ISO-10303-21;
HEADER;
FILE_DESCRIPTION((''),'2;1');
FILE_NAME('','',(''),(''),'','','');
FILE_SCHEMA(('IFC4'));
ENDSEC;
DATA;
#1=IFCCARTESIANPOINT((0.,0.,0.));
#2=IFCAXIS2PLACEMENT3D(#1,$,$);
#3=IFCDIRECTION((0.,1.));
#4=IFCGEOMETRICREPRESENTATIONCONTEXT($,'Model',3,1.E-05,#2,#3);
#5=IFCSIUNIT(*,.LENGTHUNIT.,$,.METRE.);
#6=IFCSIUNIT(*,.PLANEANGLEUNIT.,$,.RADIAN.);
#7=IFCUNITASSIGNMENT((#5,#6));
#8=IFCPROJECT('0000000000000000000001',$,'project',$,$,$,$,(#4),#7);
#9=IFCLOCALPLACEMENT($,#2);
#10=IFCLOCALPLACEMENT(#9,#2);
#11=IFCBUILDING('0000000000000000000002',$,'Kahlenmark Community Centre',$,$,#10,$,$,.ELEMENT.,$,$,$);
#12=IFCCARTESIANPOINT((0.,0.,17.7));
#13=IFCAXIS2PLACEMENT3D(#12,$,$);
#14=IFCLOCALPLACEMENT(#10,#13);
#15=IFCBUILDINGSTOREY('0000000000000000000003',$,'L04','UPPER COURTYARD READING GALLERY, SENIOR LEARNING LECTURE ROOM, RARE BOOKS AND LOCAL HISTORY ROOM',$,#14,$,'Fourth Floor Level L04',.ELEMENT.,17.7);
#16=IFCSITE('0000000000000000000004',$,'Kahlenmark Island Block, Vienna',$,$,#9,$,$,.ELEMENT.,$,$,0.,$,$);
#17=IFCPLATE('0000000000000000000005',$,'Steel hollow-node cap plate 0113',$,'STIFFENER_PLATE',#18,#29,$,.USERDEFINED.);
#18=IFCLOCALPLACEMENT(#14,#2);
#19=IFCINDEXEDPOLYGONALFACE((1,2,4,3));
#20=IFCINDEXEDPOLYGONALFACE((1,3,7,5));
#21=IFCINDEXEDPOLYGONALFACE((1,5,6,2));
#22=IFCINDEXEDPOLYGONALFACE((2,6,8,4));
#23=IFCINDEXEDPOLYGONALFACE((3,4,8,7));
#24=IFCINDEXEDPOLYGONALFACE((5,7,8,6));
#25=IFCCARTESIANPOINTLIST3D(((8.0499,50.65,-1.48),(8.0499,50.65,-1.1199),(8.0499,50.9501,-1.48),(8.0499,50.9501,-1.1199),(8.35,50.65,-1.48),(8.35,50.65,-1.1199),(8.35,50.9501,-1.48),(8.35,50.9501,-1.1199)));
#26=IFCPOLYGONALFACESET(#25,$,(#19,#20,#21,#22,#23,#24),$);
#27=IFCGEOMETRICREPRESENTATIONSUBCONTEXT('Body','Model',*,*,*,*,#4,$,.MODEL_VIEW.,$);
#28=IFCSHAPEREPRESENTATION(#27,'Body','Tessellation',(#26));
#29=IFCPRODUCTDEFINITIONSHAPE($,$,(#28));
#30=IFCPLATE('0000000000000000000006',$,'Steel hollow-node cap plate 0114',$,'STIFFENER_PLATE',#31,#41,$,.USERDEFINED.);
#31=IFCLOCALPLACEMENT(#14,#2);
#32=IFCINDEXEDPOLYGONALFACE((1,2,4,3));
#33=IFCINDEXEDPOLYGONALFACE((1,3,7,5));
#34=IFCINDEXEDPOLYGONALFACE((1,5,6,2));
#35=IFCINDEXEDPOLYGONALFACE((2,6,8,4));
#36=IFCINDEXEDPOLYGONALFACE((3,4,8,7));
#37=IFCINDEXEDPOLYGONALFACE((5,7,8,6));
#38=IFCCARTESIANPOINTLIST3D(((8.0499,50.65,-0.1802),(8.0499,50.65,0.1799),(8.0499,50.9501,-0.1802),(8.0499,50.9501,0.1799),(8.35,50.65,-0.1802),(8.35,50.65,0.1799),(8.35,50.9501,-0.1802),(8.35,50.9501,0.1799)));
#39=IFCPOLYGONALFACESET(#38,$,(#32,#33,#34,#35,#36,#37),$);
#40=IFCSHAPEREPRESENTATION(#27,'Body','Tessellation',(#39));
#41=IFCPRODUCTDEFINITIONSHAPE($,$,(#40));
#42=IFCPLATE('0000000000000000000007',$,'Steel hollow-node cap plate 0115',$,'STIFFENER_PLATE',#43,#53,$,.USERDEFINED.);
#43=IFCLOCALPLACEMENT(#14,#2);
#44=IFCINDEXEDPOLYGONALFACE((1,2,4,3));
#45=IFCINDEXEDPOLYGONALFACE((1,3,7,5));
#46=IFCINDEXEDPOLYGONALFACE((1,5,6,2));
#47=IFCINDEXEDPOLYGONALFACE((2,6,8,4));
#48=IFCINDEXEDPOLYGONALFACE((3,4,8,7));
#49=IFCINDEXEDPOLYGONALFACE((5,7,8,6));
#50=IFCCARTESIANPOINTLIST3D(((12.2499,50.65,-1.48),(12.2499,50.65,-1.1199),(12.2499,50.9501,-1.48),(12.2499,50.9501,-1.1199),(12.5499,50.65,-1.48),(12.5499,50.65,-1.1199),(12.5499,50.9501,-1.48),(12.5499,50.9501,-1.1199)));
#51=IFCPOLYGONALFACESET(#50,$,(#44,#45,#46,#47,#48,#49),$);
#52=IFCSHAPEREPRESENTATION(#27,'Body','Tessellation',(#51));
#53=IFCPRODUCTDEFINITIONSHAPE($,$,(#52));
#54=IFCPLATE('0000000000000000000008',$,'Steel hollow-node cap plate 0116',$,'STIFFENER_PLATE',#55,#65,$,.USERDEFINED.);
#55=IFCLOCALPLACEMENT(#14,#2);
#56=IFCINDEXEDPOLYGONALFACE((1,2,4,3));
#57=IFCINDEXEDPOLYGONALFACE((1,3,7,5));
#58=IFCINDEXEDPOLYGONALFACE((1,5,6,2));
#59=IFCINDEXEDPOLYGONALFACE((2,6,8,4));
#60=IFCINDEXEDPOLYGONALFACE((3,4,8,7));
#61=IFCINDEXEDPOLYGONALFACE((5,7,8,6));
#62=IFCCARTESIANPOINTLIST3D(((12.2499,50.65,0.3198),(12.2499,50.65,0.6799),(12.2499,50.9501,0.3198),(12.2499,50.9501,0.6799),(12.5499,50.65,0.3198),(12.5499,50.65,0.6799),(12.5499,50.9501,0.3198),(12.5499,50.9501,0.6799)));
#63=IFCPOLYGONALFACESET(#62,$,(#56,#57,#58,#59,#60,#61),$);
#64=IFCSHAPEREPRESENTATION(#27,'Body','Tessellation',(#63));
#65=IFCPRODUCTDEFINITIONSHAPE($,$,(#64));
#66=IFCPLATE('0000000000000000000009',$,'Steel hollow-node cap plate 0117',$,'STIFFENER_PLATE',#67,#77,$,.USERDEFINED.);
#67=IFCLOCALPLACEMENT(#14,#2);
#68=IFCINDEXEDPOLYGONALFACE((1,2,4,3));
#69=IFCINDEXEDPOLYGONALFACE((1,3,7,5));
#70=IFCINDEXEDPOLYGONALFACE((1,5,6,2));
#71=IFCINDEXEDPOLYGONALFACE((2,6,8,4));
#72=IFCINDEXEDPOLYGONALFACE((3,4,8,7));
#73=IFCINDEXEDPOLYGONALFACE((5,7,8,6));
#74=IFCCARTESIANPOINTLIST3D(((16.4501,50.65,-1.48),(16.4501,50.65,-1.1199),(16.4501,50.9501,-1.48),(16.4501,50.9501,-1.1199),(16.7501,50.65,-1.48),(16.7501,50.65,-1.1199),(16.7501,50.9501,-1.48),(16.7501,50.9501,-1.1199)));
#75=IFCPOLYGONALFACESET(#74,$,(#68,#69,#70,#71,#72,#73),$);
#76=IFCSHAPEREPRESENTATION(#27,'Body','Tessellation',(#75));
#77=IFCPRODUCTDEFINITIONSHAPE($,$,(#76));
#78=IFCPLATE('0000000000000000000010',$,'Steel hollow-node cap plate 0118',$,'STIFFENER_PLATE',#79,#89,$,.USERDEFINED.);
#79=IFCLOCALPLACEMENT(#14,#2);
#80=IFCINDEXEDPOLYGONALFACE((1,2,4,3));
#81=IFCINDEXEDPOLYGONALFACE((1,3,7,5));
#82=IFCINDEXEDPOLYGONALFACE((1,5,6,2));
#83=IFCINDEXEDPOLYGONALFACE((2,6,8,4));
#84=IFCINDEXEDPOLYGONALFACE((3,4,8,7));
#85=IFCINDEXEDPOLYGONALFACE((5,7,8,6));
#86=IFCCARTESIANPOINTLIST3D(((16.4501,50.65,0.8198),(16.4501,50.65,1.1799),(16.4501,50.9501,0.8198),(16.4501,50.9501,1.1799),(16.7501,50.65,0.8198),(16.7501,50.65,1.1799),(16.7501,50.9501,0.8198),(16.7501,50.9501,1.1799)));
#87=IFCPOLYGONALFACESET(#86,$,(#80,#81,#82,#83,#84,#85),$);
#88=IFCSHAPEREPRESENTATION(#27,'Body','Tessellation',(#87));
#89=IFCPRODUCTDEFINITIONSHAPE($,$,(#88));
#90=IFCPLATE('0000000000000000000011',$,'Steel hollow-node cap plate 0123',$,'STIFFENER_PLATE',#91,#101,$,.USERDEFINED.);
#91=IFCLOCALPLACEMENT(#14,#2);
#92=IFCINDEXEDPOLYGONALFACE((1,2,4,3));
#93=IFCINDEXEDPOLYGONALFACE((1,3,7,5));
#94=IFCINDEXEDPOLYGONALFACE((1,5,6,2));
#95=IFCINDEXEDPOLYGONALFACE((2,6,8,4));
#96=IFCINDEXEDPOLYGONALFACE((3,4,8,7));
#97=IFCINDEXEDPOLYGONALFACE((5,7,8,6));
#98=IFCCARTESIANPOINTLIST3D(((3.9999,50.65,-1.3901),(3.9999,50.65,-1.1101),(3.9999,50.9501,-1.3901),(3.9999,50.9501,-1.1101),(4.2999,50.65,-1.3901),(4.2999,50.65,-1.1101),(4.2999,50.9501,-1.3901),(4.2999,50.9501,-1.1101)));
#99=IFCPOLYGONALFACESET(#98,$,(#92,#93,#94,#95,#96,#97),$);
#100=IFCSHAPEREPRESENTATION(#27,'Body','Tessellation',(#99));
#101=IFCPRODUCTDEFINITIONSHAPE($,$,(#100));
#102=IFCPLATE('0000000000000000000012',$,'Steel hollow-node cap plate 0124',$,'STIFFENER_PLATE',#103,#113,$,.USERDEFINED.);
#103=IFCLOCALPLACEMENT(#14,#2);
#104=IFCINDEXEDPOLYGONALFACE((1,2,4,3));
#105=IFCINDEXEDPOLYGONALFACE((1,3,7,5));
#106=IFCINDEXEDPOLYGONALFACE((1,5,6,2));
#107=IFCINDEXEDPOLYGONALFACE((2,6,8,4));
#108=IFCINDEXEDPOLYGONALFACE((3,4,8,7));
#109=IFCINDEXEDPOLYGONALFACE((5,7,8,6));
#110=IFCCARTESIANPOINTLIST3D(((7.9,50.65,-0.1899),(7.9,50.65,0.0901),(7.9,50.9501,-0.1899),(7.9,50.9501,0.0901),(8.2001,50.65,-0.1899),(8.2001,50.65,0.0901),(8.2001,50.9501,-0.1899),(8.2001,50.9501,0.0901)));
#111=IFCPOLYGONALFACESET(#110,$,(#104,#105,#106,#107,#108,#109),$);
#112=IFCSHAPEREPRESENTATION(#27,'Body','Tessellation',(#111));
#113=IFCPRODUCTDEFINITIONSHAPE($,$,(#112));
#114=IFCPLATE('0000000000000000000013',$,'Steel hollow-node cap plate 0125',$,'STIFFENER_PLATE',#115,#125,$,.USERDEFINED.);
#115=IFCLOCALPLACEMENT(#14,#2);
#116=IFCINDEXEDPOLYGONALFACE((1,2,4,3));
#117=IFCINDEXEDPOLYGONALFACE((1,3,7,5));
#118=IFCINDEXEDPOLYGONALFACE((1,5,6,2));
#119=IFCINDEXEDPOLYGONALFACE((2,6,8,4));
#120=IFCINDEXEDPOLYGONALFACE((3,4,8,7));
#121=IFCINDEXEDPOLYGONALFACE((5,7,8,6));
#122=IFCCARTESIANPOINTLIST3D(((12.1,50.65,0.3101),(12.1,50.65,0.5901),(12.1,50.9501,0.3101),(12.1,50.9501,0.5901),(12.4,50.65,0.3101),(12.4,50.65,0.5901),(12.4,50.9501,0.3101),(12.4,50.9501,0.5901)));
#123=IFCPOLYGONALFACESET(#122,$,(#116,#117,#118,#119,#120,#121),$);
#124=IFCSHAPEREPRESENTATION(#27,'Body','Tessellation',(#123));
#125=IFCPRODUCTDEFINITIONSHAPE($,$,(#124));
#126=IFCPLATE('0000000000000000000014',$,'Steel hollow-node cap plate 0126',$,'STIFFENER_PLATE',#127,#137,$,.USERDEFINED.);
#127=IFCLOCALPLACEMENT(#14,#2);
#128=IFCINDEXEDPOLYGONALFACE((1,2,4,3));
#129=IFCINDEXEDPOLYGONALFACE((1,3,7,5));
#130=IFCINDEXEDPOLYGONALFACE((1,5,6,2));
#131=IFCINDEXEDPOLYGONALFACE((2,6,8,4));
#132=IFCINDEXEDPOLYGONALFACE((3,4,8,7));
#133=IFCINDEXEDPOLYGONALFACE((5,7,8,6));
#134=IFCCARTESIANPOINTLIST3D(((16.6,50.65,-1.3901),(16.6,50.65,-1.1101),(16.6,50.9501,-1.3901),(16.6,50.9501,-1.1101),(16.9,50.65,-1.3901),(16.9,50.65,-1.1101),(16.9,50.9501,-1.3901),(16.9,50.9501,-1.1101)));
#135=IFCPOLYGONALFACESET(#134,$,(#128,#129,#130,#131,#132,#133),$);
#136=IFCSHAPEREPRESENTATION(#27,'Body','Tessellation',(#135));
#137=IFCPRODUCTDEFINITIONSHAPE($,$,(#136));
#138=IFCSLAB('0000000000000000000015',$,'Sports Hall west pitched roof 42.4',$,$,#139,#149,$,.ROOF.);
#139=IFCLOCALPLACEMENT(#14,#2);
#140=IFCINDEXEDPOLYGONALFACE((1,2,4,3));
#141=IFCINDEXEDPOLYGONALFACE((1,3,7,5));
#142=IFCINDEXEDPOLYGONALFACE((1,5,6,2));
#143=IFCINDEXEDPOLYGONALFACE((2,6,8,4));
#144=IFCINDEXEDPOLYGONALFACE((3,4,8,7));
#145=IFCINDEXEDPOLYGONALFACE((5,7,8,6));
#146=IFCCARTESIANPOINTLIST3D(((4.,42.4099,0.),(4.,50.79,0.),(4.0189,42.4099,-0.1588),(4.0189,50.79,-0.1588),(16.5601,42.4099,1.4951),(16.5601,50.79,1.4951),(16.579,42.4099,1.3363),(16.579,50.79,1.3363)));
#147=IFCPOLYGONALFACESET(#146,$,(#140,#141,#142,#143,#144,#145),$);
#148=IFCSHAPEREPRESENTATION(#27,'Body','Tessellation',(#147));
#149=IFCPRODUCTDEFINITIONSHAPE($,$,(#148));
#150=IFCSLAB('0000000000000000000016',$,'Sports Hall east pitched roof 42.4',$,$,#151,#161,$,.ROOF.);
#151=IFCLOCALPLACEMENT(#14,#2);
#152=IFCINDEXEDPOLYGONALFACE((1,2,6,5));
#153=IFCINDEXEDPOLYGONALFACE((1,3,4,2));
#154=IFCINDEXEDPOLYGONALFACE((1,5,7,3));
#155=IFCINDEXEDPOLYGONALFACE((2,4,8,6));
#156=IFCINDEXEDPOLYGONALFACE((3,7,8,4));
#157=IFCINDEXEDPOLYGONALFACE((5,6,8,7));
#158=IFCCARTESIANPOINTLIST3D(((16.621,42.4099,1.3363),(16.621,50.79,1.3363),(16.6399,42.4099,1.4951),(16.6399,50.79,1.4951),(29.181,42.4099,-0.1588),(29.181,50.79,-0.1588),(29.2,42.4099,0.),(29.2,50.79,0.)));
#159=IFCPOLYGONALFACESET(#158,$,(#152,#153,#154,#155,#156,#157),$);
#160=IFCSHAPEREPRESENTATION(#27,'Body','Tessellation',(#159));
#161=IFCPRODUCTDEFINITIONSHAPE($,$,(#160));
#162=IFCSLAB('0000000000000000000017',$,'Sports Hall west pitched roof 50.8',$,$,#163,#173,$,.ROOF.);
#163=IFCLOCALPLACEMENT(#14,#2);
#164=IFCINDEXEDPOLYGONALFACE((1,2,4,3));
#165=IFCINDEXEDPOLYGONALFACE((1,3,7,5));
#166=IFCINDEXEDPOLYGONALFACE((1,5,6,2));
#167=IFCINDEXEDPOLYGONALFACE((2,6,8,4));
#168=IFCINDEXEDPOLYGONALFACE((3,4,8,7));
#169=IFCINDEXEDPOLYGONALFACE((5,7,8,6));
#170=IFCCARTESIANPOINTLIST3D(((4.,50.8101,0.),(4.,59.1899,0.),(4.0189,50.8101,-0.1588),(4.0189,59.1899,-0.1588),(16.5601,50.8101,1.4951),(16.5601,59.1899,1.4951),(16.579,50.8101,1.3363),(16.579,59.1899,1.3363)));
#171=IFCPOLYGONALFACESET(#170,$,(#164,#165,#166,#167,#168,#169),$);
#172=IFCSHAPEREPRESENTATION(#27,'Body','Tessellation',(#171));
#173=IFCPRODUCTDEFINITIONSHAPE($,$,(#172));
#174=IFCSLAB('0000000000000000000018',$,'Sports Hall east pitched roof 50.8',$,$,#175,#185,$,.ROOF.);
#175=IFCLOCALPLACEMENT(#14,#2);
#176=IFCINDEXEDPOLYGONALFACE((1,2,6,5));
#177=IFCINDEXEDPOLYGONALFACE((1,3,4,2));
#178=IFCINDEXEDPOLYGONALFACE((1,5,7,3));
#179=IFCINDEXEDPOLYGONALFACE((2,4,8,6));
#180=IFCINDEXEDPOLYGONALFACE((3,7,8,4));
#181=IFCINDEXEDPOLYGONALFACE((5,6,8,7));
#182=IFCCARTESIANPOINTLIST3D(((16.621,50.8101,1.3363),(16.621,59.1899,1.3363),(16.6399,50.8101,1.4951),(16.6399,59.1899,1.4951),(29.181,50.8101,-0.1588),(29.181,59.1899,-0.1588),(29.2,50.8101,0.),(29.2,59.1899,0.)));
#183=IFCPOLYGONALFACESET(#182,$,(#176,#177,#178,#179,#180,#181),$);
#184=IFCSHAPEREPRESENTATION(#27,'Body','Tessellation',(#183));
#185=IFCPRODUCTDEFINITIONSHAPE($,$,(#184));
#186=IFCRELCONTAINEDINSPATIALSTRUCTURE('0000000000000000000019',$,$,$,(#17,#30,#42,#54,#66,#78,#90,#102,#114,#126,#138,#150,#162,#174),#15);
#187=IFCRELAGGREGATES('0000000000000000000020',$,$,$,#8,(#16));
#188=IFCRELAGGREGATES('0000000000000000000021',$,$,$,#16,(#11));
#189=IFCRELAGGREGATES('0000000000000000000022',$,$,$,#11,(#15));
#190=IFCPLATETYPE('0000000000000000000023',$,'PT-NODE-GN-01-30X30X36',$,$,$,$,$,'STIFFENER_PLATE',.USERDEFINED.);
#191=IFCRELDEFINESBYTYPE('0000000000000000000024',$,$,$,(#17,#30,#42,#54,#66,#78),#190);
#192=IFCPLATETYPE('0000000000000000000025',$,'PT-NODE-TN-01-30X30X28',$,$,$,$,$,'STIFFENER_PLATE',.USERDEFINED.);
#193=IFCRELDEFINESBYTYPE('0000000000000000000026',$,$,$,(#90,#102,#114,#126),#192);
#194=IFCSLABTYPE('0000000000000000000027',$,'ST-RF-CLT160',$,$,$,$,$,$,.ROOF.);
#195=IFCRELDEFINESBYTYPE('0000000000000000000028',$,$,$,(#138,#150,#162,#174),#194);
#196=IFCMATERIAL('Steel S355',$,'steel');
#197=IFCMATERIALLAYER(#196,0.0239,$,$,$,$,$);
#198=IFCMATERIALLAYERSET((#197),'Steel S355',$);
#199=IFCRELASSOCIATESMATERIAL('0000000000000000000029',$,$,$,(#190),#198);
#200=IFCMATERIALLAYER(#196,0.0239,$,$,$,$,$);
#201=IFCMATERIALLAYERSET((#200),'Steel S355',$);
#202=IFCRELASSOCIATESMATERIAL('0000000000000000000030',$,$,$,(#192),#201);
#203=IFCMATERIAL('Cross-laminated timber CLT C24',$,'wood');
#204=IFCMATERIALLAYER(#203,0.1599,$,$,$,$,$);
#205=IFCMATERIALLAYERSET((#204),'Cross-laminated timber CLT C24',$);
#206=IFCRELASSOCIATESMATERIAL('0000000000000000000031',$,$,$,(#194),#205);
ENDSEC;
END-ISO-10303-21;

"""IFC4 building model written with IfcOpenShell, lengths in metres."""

from ifc_helpers import new_model, si_unit, direction, frame, origin, origin_2d, place, context, subcontext, project, spatial, polyline, rectangle, outline, extrude, material, layer, layer_set, type_object, element, save


model = new_model("IFC4")

# Units and contexts
model_context = context("Model", 3, precision=1e-05, world=origin(), true_north=direction((0.0, 1.0)))
body_context = subcontext(model_context, "Body", "Model", "MODEL_VIEW")
ifc_project = project(units=[si_unit("LENGTHUNIT", "METRE"), si_unit("PLANEANGLEUNIT", "RADIAN")], contexts=[model_context])

# Site, building, storey
site_placement = place(None, origin())
site = spatial("IfcSite", under=ifc_project, at=site_placement, Name="Kahlenmark Island Block, Vienna", CompositionType="ELEMENT", RefElevation=0.0)
building_placement = place(site_placement, origin())
building = spatial("IfcBuilding", under=site, at=building_placement, Name="Kahlenmark Community Centre", CompositionType="ELEMENT")
storey_placement = place(building_placement, frame((0.0, 0.0, 17.7)))
storey = spatial("IfcBuildingStorey", under=building, at=storey_placement, Name="L04", Description="UPPER COURTYARD READING GALLERY, SENIOR LEARNING LECTURE ROOM, RARE BOOKS AND LOCAL HISTORY ROOM", LongName="Fourth Floor Level L04", CompositionType="ELEMENT", Elevation=17.7)

# Shared definitions
ifc_material_1 = material(Name="Steel S355", Category="steel")

# Plates
ifc_layer_1 = layer(ifc_material_1, 0.0239)
ifc_layer_set_1 = layer_set([ifc_layer_1], Name="Steel S355")
plate_type_1 = type_object("IfcPlateType", Name="PT-NODE-GN-01-30X30X36", ElementType="STIFFENER_PLATE", PredefinedType="USERDEFINED", material=ifc_layer_set_1)
for number, where, z_axis, x_axis, name in (
    (1, (8.2, 50.8, -1.48), (0.0, 0.0, 1.0), (1.0, 0.0, 0.0), "Steel hollow-node cap plate 0113"),
    (2, (8.2, 50.8, -0.1802), (0.0, 0.0, 1.0), (1.0, 0.0, 0.0), "Steel hollow-node cap plate 0114"),
    (3, (12.3999, 50.8, -1.48), (0.0, 0.0, 1.0), (1.0, 0.0, 0.0), "Steel hollow-node cap plate 0115"),
    (4, (12.3999, 50.8, 0.3198), (0.0, 0.0, 1.0), (1.0, 0.0, 0.0), "Steel hollow-node cap plate 0116"),
    (5, (16.6001, 50.8, -1.48), (0.0, 0.0, 1.0), (1.0, 0.0, 0.0), "Steel hollow-node cap plate 0117"),
    (6, (16.6001, 50.8, 0.8198), (0.0, 0.0, 1.0), (1.0, 0.0, 0.0), "Steel hollow-node cap plate 0118"),
):
    element("IfcPlate", number, at=place(storey_placement, frame(where, z_axis=z_axis, x_axis=x_axis)), inside=storey, type_object=plate_type_1, Name=name, ObjectType="STIFFENER_PLATE", PredefinedType="USERDEFINED", context=body_context, shape_type="SweptSolid", body=[
        extrude(rectangle(XDim=0.3, YDim=0.3, at=origin_2d()), origin(), (0.0, 0.0, 1.0), 0.3601),
    ])
ifc_layer_2 = layer(ifc_material_1, 0.0239)
ifc_layer_set_2 = layer_set([ifc_layer_2], Name="Steel S355")
plate_type_2 = type_object("IfcPlateType", Name="PT-NODE-TN-01-30X30X28", ElementType="STIFFENER_PLATE", PredefinedType="USERDEFINED", material=ifc_layer_set_2)
for number, where, z_axis, x_axis, name in (
    (7, (4.1499, 50.8, -1.3901), (0.0, 0.0, 1.0), (1.0, 0.0, 0.0), "Steel hollow-node cap plate 0123"),
    (8, (8.05, 50.8, -0.1899), (0.0, 0.0, 1.0), (1.0, 0.0, 0.0), "Steel hollow-node cap plate 0124"),
    (9, (12.25, 50.8, 0.3101), (0.0, 0.0, 1.0), (1.0, 0.0, 0.0), "Steel hollow-node cap plate 0125"),
    (10, (16.75, 50.8, -1.3901), (0.0, 0.0, 1.0), (1.0, 0.0, 0.0), "Steel hollow-node cap plate 0126"),
):
    element("IfcPlate", number, at=place(storey_placement, frame(where, z_axis=z_axis, x_axis=x_axis)), inside=storey, type_object=plate_type_2, Name=name, ObjectType="STIFFENER_PLATE", PredefinedType="USERDEFINED", context=body_context, shape_type="SweptSolid", body=[
        extrude(rectangle(XDim=0.3, YDim=0.3, at=origin_2d()), origin(), (0.0, 0.0, 1.0), 0.28),
    ])

# Slabs
ifc_material_2 = material(Name="Cross-laminated timber CLT C24", Category="wood")
ifc_layer_3 = layer(ifc_material_2, 0.1599)
ifc_layer_set_3 = layer_set([ifc_layer_3], Name="Cross-laminated timber CLT C24")
slab_type = type_object("IfcSlabType", Name="ST-RF-CLT160", PredefinedType="ROOF", material=ifc_layer_set_3)
for number, where, z_axis, x_axis, name in (
    (11, (4.0, 42.4099, 0.0), (-0.118203, 0.0, 0.992989), (0.992989, 0.0, 0.118203), "Sports Hall west pitched roof 42.4"),
    (12, (16.6399, 42.4099, 1.4951), (0.118203, 0.0, 0.992989), (0.992989, 0.0, -0.118203), "Sports Hall east pitched roof 42.4"),
):
    element("IfcSlab", number, at=place(storey_placement, frame(where, z_axis=z_axis, x_axis=x_axis)), inside=storey, type_object=slab_type, Name=name, PredefinedType="ROOF", context=body_context, shape_type="SweptSolid", body=[
        extrude(outline(polyline([(0.0, 0.0), (12.6487, 0.0), (12.6487, 8.3801), (0.0, 8.3801), (0.0, 0.0)])), origin(), (0.0, 0.0, -1.0), 0.1599),
    ])
for number, where, z_axis, x_axis, name in (
    (13, (4.0, 50.8101, 0.0), (-0.118203, 0.0, 0.992989), (0.992989, 0.0, 0.118203), "Sports Hall west pitched roof 50.8"),
    (14, (16.6399, 50.8101, 1.4951), (0.118203, 0.0, 0.992989), (0.992989, 0.0, -0.118203), "Sports Hall east pitched roof 50.8"),
):
    element("IfcSlab", number, at=place(storey_placement, frame(where, z_axis=z_axis, x_axis=x_axis)), inside=storey, type_object=slab_type, Name=name, PredefinedType="ROOF", context=body_context, shape_type="SweptSolid", body=[
        extrude(outline(polyline([(0.0, 0.0), (12.6487, 0.0), (12.6487, 8.3799), (0.0, 8.3799), (0.0, 0.0)])), origin(), (0.0, 0.0, -1.0), 0.1599),
    ])

save(model, "model.ifc")
